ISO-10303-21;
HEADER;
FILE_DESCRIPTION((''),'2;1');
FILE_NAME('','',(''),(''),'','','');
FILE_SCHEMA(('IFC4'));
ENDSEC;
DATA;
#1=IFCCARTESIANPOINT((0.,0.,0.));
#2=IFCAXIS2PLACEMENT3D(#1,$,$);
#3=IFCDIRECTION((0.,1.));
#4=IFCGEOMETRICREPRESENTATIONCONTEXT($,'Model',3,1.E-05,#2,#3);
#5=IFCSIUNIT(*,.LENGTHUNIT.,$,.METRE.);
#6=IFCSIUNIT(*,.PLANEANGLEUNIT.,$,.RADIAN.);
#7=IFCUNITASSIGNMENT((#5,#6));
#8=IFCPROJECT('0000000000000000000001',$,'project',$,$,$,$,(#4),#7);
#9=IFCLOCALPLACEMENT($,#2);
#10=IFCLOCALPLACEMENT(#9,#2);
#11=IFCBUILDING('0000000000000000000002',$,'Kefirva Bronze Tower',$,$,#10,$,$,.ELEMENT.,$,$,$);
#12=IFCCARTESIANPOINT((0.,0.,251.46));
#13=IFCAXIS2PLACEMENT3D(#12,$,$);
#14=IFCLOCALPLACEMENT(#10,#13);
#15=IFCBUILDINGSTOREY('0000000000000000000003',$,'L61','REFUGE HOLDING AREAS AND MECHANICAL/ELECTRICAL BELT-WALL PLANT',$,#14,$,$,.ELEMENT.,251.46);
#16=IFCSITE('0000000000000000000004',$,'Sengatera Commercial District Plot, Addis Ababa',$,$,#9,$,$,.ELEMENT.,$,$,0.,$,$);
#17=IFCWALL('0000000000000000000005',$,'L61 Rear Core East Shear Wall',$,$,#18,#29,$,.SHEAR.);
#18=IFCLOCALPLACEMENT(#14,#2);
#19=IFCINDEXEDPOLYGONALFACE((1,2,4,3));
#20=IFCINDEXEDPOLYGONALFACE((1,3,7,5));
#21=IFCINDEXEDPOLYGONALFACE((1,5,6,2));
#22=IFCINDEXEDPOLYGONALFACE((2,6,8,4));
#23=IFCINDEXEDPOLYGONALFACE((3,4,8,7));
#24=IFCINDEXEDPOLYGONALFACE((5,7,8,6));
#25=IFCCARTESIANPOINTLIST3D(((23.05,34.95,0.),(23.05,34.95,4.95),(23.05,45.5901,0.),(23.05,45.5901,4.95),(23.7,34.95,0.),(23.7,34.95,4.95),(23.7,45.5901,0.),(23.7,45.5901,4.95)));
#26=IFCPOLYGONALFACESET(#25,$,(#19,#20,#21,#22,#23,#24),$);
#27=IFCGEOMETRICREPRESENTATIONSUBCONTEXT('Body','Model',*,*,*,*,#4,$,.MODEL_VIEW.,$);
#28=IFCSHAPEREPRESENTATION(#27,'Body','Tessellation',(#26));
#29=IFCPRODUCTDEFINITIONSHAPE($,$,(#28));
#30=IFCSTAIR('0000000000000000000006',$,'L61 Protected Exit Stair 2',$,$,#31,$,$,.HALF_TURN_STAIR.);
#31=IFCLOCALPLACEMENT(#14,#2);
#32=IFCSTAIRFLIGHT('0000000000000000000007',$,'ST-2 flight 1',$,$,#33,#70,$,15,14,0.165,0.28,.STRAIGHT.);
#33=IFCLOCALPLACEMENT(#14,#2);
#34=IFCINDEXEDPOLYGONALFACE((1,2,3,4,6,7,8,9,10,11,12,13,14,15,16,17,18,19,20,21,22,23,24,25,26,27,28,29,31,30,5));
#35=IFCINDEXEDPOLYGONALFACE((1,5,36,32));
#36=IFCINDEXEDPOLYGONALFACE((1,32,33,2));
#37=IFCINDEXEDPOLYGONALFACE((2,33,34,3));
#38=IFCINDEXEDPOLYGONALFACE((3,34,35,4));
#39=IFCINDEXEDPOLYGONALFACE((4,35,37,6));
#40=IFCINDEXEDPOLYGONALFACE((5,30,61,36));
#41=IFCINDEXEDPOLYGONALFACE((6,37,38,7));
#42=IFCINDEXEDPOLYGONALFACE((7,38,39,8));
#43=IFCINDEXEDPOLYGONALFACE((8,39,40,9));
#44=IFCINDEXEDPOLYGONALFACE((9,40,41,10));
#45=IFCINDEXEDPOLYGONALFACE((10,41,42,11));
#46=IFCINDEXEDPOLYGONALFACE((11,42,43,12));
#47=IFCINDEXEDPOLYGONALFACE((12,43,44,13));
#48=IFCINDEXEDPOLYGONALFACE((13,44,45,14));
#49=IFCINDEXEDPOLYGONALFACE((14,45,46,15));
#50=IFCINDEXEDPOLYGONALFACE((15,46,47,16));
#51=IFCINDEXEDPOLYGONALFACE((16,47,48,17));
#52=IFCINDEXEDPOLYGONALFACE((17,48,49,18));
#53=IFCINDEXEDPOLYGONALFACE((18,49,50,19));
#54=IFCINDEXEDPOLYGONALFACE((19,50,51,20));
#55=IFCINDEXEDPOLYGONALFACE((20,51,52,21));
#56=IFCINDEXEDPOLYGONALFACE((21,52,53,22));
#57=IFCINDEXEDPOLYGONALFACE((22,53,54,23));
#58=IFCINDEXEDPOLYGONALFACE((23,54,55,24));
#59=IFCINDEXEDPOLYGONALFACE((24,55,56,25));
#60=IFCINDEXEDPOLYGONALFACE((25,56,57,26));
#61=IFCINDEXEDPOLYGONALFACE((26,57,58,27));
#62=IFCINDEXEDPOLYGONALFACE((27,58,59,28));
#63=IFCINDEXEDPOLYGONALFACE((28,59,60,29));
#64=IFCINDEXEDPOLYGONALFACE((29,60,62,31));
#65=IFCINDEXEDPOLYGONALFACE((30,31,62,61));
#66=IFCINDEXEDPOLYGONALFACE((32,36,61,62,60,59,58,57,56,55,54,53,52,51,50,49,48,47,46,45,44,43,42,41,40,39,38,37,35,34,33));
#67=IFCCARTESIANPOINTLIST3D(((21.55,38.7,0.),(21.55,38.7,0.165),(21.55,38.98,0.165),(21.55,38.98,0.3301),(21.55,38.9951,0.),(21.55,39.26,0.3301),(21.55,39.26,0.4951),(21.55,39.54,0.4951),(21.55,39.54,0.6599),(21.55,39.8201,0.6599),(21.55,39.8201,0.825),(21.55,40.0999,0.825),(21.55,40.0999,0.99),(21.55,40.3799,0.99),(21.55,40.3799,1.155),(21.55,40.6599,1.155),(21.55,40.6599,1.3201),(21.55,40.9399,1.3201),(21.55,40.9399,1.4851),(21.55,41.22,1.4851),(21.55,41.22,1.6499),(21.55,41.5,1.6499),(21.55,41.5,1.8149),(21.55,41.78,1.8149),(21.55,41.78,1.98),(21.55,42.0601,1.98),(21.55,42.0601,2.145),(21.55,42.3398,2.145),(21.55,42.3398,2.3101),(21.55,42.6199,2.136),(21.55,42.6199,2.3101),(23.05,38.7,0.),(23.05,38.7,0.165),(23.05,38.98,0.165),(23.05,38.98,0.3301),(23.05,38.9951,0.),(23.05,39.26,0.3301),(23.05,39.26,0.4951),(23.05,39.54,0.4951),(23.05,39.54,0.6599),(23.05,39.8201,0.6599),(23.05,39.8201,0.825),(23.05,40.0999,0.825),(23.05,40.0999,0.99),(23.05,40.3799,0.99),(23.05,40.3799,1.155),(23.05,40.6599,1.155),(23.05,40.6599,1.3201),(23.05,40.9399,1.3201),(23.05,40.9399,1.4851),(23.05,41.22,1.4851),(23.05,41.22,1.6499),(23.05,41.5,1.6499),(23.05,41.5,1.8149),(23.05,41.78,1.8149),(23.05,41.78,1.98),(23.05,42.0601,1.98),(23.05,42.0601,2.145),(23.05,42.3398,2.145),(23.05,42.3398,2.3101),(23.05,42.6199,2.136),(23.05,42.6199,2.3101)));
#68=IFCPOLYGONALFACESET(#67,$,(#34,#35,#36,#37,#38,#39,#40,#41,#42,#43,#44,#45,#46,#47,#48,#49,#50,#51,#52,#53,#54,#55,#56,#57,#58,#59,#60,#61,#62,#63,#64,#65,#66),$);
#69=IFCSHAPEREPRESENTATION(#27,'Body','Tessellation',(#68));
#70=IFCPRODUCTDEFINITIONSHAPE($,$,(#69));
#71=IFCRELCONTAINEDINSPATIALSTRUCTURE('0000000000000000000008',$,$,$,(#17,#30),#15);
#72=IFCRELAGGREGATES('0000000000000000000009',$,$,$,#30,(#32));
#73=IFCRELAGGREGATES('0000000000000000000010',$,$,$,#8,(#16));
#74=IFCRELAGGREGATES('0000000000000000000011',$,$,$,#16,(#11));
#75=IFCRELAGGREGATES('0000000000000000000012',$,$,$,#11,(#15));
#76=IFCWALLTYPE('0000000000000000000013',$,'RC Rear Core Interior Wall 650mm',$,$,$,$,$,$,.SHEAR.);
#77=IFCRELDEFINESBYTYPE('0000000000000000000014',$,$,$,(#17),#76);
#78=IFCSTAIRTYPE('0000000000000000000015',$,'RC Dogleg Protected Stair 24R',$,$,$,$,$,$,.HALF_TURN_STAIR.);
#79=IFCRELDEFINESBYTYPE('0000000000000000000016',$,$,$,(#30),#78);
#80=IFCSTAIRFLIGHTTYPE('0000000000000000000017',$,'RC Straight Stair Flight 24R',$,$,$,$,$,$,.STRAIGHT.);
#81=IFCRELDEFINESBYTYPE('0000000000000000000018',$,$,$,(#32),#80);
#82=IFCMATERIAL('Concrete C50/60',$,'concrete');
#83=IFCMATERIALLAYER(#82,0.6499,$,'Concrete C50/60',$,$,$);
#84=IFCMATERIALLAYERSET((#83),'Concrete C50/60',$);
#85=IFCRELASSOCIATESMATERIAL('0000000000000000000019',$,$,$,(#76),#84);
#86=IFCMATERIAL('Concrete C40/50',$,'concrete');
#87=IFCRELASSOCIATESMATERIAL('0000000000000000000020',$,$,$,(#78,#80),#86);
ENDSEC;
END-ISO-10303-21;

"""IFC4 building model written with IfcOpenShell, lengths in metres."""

from ifc_helpers import new_model, si_unit, direction, frame, frame_2d, origin, place, context, subcontext, project, spatial, polyline, rectangle, outline, extrude, material, layer, layer_set, type_object, element, aggregate, save


model = new_model("IFC4")

# Units and contexts
model_context = context("Model", 3, precision=1e-05, world=origin(), true_north=direction((0.0, 1.0)))
body_context = subcontext(model_context, "Body", "Model", "MODEL_VIEW")
ifc_project = project(units=[si_unit("LENGTHUNIT", "METRE"), si_unit("PLANEANGLEUNIT", "RADIAN")], contexts=[model_context])

# Site, building, storey
site_placement = place(None, origin())
site = spatial("IfcSite", under=ifc_project, at=site_placement, Name="Sengatera Commercial District Plot, Addis Ababa", CompositionType="ELEMENT", RefElevation=0.0)
building_placement = place(site_placement, origin())
building = spatial("IfcBuilding", under=site, at=building_placement, Name="Kefirva Bronze Tower", CompositionType="ELEMENT")
storey_placement = place(building_placement, frame((0.0, 0.0, 251.46)))
storey = spatial("IfcBuildingStorey", under=building, at=storey_placement, Name="L61", Description="REFUGE HOLDING AREAS AND MECHANICAL/ELECTRICAL BELT-WALL PLANT", CompositionType="ELEMENT", Elevation=251.46)

# Shared definitions
ifc_material_1 = material(Name="Concrete C50/60", Category="concrete")

# Wall
ifc_layer_1 = layer(ifc_material_1, 0.6499, Name="Concrete C50/60")
ifc_layer_set_1 = layer_set([ifc_layer_1], Name="Concrete C50/60")
wall_type_1 = type_object("IfcWallType", Name="RC Rear Core Interior Wall 650mm", PredefinedType="SHEAR", material=ifc_layer_set_1)
wall_1_placement = place(storey_placement, frame((23.375, 34.95, 0.0), z_axis=(0.0, 0.0, 1.0), x_axis=(0.0, 1.0, 0.0)))
element("IfcWall", 1, at=wall_1_placement, inside=storey, type_object=wall_type_1, Name="L61 Rear Core East Shear Wall", PredefinedType="SHEAR", context=body_context, shape_type="SweptSolid", body=[
    extrude(rectangle(XDim=10.6401, YDim=0.6499, at=frame_2d((5.3201, 0.0))), origin(), (0.0, 0.0, 1.0), 4.95),
])

# Stair, stair flight
ifc_material_2 = material(Name="Concrete C40/50", Category="concrete")
stair_type = type_object("IfcStairType", Name="RC Dogleg Protected Stair 24R", PredefinedType="HALF_TURN_STAIR", material=ifc_material_2)
stair_placement = place(storey_placement, origin())
stair = element("IfcStair", 2, at=stair_placement, inside=storey, type_object=stair_type, Name="L61 Protected Exit Stair 2", PredefinedType="HALF_TURN_STAIR")
stair_flight_type = type_object("IfcStairFlightType", Name="RC Straight Stair Flight 24R", PredefinedType="STRAIGHT", material=ifc_material_2)
stair_flight_placement = place(storey_placement, frame((22.3, 38.7, 0.0), z_axis=(0.0, 0.0, 1.0), x_axis=(0.0, 1.0, 0.0)))
stair_flight = element("IfcStairFlight", 3, at=stair_flight_placement, type_object=stair_flight_type, Name="ST-2 flight 1", NumberOfRisers=15, NumberOfTreads=14, PredefinedType="STRAIGHT", RiserHeight=0.165, TreadLength=0.28, context=body_context, shape_type="SweptSolid", body=[
    extrude(outline(polyline([(0.0, 0.0), (0.0, 0.165), (0.28, 0.165), (0.28, 0.3301), (0.5601, 0.3301), (0.5601, 0.4951), (0.8401, 0.4951), (0.8401, 0.6599), (1.1201, 0.6599), (1.1201, 0.825), (1.3999, 0.825), (1.3999, 0.99), (1.6799, 0.99), (1.6799, 1.155), (1.96, 1.155), (1.96, 1.3201), (2.24, 1.3201), (2.24, 1.4851), (2.52, 1.4851), (2.52, 1.6499), (2.8, 1.6499), (2.8, 1.8149), (3.0801, 1.8149), (3.0801, 1.98), (3.3601, 1.98), (3.3601, 2.145), (3.6399, 2.145), (3.6399, 2.3101), (3.9199, 2.3101), (3.9199, 2.4751), (3.9199, 2.136), (0.2952, 0.0), (0.0, 0.0)])), frame((0.0, 0.75, 0.0), z_axis=(0.0, -1.0, 0.0), x_axis=(1.0, 0.0, 0.0)), (0.0, 0.0, 1.0), 1.5),
])
aggregate(stair, [stair_flight])

save(model, "model.ifc")
